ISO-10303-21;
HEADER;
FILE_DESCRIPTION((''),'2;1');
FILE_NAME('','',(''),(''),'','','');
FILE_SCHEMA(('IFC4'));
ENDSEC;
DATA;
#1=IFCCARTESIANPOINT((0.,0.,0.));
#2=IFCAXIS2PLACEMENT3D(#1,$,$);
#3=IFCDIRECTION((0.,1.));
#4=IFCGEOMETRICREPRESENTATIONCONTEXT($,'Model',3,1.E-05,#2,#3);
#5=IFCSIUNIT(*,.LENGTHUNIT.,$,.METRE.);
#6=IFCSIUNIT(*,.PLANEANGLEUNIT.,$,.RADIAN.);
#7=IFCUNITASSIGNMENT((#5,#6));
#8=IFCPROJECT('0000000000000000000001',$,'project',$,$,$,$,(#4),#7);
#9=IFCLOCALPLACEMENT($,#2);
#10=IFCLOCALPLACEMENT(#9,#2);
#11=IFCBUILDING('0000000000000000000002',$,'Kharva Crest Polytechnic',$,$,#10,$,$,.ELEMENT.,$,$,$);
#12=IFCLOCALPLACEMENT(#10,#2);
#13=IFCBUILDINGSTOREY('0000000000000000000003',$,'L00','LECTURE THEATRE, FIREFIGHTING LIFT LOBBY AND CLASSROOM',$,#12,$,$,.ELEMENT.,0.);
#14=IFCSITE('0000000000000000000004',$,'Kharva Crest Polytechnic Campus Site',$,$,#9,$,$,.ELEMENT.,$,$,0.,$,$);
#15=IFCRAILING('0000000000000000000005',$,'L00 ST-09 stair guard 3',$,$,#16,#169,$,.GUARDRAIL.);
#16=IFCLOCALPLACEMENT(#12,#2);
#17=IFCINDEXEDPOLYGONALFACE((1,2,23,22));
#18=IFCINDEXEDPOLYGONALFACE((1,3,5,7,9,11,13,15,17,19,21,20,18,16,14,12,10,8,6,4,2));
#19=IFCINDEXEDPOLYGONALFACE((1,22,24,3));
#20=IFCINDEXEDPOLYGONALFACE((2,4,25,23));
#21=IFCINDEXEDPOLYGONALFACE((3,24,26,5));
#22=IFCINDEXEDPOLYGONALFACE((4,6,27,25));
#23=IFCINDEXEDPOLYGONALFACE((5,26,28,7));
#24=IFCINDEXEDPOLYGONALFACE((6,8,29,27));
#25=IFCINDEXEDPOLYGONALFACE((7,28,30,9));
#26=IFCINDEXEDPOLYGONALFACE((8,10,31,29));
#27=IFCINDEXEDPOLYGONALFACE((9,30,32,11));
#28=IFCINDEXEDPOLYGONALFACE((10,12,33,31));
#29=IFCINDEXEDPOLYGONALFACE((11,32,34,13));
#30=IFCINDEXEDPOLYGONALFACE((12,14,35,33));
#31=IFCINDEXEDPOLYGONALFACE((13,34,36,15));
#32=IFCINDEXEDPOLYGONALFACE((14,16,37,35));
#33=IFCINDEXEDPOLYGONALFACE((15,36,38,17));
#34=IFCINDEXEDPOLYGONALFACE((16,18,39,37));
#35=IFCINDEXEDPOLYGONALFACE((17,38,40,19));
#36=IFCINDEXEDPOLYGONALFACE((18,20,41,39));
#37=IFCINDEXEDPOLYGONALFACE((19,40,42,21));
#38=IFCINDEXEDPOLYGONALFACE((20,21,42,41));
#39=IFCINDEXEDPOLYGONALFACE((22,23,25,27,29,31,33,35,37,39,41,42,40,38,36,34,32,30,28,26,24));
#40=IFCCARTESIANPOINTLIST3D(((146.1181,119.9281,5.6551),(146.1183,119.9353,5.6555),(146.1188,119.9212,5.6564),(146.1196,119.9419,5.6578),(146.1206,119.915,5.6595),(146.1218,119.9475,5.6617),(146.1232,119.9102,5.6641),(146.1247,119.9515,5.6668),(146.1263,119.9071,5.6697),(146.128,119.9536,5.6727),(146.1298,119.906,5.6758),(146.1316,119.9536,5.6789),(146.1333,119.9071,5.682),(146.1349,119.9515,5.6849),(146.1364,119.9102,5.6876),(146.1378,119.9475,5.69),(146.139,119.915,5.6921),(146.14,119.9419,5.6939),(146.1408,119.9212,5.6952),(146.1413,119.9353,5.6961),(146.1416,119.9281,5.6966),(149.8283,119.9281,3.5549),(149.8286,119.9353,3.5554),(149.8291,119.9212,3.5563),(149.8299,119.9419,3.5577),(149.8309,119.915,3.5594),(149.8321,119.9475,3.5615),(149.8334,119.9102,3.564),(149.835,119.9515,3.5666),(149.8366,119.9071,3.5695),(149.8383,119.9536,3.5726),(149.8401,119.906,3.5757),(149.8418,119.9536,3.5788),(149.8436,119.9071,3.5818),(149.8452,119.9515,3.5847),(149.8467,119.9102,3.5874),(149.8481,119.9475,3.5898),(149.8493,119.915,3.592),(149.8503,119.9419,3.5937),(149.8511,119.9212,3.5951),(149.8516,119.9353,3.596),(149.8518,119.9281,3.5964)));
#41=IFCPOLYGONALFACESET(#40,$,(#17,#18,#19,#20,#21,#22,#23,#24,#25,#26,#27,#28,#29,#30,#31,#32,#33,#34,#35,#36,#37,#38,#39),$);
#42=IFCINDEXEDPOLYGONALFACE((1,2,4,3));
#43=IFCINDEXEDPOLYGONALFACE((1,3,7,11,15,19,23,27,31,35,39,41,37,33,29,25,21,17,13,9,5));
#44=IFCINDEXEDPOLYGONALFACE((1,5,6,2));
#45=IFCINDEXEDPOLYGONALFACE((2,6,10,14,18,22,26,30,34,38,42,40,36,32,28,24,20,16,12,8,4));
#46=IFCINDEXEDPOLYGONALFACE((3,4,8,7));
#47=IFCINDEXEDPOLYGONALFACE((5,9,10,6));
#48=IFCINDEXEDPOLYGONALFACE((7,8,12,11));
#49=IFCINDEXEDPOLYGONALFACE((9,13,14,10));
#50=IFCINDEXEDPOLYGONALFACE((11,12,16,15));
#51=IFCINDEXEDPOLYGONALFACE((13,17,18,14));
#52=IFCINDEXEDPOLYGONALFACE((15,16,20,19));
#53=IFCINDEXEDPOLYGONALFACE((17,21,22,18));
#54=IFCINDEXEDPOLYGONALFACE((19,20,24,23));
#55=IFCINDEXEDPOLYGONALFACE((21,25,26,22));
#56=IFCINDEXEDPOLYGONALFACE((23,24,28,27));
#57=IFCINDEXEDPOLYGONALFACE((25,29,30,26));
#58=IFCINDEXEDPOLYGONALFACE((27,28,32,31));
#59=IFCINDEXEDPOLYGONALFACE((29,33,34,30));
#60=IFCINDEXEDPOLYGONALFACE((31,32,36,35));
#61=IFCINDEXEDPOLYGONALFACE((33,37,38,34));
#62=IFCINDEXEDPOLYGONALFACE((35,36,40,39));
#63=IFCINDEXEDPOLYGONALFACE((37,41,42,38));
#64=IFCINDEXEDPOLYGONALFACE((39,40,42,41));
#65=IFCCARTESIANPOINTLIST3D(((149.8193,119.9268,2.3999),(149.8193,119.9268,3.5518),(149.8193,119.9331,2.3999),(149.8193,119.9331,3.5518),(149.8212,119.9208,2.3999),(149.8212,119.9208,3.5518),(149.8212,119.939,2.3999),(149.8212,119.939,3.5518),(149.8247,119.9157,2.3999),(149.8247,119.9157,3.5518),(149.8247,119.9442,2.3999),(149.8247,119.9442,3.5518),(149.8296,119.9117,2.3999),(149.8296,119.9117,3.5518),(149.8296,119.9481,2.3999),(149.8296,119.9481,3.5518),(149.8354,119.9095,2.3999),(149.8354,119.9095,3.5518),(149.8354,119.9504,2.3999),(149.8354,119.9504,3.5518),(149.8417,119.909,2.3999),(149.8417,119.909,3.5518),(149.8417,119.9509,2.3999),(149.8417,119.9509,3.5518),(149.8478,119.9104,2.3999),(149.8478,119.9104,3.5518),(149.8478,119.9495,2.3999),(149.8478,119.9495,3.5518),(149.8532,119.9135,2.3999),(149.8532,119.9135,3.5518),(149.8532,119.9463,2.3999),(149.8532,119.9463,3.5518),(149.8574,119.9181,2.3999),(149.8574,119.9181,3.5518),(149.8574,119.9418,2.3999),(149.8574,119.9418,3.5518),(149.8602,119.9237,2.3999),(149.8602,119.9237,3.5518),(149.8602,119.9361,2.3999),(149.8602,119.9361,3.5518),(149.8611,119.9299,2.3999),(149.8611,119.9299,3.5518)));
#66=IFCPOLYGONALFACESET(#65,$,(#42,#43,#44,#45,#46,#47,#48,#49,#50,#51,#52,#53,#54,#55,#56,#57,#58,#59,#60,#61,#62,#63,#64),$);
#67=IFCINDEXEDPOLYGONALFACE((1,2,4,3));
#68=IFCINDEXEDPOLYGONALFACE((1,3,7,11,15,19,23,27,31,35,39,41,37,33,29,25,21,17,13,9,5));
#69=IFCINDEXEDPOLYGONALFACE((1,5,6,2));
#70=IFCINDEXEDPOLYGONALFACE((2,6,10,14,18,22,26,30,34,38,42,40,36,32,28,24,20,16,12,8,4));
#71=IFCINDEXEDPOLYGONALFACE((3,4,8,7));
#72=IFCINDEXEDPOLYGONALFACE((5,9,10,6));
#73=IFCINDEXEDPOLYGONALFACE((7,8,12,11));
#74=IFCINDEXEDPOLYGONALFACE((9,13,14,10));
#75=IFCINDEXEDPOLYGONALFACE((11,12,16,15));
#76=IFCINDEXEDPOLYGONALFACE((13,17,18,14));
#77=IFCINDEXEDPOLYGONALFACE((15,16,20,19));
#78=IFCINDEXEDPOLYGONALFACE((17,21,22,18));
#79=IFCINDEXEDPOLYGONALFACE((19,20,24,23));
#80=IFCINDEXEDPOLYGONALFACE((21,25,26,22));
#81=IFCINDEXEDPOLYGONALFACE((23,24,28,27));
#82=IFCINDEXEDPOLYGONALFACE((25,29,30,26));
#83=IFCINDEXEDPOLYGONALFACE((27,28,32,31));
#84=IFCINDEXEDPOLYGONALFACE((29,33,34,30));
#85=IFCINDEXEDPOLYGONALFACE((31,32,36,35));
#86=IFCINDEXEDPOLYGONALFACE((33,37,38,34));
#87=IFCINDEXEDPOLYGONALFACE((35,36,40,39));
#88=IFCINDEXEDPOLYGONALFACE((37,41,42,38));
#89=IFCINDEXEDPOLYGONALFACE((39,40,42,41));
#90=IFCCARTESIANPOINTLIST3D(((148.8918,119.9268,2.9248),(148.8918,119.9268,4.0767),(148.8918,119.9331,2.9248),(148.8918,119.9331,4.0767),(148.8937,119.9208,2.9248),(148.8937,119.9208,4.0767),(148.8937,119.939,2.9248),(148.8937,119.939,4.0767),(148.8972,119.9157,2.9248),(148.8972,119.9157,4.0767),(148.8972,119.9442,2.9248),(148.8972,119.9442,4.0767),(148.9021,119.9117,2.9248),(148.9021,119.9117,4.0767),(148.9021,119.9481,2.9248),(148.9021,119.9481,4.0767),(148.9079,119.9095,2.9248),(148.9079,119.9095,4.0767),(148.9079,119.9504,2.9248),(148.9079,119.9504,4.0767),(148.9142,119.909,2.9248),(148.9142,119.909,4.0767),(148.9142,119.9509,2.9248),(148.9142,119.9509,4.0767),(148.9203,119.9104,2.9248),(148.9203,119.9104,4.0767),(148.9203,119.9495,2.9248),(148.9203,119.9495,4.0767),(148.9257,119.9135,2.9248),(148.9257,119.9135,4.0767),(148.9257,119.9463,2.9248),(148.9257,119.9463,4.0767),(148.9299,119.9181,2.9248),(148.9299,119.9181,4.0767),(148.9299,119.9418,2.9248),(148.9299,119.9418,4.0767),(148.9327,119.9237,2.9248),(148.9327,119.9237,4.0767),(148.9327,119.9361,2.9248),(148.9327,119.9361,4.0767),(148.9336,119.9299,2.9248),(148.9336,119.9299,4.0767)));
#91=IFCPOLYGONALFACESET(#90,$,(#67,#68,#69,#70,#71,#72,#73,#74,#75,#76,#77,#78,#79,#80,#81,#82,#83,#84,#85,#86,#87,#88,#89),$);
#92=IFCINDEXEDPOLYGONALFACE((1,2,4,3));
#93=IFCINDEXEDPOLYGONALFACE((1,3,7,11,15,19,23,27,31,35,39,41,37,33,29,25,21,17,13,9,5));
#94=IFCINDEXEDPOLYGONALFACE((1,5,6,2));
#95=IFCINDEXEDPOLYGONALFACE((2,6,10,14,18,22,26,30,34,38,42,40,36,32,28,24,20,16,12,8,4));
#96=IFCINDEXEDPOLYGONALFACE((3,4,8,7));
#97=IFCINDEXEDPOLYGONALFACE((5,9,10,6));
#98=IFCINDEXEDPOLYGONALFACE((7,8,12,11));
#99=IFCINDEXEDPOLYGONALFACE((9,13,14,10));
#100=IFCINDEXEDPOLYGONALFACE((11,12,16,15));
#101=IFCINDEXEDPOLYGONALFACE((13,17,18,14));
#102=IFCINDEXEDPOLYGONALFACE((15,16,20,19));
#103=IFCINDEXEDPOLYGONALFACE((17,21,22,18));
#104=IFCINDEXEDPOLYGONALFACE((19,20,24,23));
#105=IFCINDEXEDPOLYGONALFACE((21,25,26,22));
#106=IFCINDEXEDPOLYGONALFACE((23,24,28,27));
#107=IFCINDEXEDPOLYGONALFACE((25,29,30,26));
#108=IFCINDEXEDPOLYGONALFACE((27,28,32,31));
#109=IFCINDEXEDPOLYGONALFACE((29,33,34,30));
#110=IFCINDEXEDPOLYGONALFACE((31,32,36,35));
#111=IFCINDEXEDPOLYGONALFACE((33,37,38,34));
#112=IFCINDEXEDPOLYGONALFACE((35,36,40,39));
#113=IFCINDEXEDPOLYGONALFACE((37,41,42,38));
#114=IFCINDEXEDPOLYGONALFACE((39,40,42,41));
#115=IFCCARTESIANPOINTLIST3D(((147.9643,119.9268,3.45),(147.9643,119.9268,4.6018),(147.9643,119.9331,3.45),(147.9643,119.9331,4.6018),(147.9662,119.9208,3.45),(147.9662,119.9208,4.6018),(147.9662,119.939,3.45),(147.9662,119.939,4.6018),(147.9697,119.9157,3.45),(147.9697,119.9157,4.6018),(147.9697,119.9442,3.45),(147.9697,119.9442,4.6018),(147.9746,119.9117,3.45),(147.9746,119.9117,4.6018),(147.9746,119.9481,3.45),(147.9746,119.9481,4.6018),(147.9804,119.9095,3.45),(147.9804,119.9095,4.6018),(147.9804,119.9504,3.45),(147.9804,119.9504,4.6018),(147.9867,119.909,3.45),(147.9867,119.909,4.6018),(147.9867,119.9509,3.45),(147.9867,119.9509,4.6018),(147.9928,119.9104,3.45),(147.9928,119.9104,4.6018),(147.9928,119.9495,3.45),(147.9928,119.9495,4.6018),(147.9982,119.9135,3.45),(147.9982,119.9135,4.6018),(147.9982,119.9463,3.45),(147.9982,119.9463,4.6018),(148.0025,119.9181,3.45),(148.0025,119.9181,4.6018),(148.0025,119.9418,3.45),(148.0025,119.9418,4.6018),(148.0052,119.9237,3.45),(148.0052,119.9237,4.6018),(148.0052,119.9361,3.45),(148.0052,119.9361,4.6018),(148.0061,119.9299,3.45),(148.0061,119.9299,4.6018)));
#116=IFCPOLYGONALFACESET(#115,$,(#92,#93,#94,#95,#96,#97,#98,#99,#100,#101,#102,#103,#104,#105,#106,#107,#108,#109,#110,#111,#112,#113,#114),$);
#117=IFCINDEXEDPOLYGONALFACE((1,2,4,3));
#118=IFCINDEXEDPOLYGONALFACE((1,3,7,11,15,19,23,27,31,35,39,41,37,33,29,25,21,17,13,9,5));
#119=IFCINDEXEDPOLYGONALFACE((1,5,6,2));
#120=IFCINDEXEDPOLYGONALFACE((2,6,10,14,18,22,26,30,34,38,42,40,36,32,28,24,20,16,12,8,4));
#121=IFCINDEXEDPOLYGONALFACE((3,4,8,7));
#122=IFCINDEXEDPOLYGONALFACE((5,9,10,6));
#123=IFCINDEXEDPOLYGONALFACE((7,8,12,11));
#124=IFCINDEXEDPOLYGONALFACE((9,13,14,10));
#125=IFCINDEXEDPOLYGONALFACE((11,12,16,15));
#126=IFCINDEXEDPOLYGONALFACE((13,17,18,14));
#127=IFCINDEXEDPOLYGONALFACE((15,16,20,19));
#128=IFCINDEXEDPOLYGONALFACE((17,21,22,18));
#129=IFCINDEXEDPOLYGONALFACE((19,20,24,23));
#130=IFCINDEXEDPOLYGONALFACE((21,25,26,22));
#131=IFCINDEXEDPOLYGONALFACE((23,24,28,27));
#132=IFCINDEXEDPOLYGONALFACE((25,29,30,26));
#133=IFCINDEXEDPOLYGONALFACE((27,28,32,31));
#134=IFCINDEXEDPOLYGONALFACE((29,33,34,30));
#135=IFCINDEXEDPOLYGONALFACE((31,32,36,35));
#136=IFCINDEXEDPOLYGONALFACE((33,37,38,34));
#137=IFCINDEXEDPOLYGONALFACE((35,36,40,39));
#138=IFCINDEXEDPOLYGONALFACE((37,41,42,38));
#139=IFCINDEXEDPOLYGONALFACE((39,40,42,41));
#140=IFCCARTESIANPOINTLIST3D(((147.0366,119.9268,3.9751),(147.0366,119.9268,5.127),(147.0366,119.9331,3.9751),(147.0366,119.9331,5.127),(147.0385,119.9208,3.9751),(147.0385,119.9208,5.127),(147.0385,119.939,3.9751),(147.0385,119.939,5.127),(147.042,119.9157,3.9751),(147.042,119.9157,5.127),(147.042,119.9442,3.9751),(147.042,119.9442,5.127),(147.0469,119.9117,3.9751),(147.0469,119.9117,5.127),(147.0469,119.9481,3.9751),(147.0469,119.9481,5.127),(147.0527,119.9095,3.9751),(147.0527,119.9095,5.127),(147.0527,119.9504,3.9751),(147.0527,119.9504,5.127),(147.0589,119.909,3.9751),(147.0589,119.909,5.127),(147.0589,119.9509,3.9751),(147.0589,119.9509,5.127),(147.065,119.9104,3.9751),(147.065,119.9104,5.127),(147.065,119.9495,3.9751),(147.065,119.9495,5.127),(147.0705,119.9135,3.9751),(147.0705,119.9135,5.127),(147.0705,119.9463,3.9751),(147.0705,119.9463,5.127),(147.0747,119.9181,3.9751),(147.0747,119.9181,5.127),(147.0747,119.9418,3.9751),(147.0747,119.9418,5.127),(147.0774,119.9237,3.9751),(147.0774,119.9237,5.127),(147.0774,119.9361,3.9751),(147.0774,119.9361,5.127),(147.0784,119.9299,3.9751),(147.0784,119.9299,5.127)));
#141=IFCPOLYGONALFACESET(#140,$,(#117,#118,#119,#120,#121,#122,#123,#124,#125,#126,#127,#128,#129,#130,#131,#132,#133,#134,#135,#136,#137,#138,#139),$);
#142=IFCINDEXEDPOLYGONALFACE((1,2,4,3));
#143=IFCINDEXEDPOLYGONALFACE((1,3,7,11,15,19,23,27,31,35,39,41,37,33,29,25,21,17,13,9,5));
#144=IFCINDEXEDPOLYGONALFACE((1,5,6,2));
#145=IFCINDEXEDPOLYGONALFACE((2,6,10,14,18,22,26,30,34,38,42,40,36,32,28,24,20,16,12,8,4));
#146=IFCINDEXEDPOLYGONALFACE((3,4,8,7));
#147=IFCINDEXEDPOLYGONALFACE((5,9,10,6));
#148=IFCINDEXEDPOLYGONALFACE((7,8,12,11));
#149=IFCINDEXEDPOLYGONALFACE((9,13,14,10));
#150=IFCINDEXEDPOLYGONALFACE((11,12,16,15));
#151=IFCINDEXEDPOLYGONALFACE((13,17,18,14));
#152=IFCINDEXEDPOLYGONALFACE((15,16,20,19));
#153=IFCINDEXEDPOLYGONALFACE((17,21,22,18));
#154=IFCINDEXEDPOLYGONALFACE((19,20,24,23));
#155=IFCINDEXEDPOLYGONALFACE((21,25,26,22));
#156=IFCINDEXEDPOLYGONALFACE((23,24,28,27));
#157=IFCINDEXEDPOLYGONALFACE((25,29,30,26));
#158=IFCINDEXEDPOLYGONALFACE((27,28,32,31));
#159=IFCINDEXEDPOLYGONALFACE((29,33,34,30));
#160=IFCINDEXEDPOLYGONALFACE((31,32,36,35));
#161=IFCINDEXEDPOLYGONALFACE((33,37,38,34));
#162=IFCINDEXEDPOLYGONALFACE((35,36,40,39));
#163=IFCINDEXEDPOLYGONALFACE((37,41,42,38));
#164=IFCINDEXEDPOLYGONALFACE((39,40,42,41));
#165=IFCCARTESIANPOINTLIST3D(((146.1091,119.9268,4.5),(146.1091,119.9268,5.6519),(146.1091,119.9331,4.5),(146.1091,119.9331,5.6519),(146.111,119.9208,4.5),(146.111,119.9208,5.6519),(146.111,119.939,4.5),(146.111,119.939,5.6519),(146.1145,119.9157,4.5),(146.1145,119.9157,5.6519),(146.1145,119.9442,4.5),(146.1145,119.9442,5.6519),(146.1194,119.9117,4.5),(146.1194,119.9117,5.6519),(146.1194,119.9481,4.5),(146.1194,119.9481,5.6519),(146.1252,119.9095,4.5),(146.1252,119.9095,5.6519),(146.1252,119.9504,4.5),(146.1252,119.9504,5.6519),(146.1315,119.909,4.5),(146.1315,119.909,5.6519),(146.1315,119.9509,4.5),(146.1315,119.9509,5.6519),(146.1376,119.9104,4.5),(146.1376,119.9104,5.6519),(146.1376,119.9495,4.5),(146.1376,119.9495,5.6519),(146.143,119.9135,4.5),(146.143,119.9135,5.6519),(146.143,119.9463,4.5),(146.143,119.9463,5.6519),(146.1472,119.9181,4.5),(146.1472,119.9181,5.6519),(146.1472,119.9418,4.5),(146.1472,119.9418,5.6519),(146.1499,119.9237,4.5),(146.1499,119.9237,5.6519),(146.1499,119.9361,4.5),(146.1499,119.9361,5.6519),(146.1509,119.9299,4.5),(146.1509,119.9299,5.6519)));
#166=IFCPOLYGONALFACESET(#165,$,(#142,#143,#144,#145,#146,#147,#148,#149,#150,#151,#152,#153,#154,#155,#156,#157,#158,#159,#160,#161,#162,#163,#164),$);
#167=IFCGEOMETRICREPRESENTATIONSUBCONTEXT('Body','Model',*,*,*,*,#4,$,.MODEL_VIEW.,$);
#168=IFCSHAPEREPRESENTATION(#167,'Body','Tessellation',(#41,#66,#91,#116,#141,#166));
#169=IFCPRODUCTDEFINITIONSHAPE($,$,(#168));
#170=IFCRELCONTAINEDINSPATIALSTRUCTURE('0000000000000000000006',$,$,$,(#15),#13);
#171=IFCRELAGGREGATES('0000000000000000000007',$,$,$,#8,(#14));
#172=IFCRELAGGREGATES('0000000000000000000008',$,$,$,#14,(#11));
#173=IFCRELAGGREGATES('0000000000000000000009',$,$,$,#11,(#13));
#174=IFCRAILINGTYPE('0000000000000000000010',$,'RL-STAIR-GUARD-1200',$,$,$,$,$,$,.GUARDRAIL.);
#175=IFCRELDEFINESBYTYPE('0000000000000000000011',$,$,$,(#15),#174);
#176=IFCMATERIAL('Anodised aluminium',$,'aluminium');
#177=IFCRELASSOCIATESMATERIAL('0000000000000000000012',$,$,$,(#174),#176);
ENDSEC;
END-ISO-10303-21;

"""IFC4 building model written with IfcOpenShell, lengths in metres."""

from ifc_helpers import new_model, si_unit, direction, frame, origin, origin_2d, place, context, subcontext, project, spatial, circle, extrude, material, type_object, element, save


model = new_model("IFC4")

# Units and contexts
model_context = context("Model", 3, precision=1e-05, world=origin(), true_north=direction((0.0, 1.0)))
body_context = subcontext(model_context, "Body", "Model", "MODEL_VIEW")
ifc_project = project(units=[si_unit("LENGTHUNIT", "METRE"), si_unit("PLANEANGLEUNIT", "RADIAN")], contexts=[model_context])

# Site, building, storey
site_placement = place(None, origin())
site = spatial("IfcSite", under=ifc_project, at=site_placement, Name="Kharva Crest Polytechnic Campus Site", CompositionType="ELEMENT", RefElevation=0.0)
building_placement = place(site_placement, origin())
building = spatial("IfcBuilding", under=site, at=building_placement, Name="Kharva Crest Polytechnic", CompositionType="ELEMENT")
storey_placement = place(building_placement, origin())
storey = spatial("IfcBuildingStorey", under=building, at=storey_placement, Name="L00", Description="LECTURE THEATRE, FIREFIGHTING LIFT LOBBY AND CLASSROOM", CompositionType="ELEMENT", Elevation=0.0)

# Shared definitions
ifc_material_1 = material(Name="Anodised aluminium", Category="aluminium")

# Railing
railing_type_1 = type_object("IfcRailingType", Name="RL-STAIR-GUARD-1200", PredefinedType="GUARDRAIL", material=ifc_material_1)
railing_1_placement = place(storey_placement, frame((149.8401, 119.9299, 2.3999)))
element("IfcRailing", 1, at=railing_1_placement, inside=storey, type_object=railing_type_1, Name="L00 ST-09 stair guard 3", PredefinedType="GUARDRAIL", context=body_context, shape_type="SweptSolid", body=[
    extrude(circle(Radius=0.0239, at=origin_2d()), frame((0.0, 0.0, 1.1758), z_axis=(-0.870259, 0.0, 0.492595), x_axis=(0.0, -1.0, 0.0)), (0.0, 0.0, 1.0), 4.2634),
    extrude(circle(Radius=0.021, at=origin_2d()), origin(), (0.0, 0.0, 1.0), 1.1519),
    extrude(circle(Radius=0.021, at=origin_2d()), frame((-0.9275, 0.0, 0.5249)), (0.0, 0.0, 1.0), 1.1519),
    extrude(circle(Radius=0.021, at=origin_2d()), frame((-1.855, 0.0, 1.05)), (0.0, 0.0, 1.0), 1.1519),
    extrude(circle(Radius=0.021, at=origin_2d()), frame((-2.7827, 0.0, 1.5752)), (0.0, 0.0, 1.0), 1.1519),
    extrude(circle(Radius=0.021, at=origin_2d()), frame((-3.7102, 0.0, 2.1001)), (0.0, 0.0, 1.0), 1.1519),
])

save(model, "model.ifc")
